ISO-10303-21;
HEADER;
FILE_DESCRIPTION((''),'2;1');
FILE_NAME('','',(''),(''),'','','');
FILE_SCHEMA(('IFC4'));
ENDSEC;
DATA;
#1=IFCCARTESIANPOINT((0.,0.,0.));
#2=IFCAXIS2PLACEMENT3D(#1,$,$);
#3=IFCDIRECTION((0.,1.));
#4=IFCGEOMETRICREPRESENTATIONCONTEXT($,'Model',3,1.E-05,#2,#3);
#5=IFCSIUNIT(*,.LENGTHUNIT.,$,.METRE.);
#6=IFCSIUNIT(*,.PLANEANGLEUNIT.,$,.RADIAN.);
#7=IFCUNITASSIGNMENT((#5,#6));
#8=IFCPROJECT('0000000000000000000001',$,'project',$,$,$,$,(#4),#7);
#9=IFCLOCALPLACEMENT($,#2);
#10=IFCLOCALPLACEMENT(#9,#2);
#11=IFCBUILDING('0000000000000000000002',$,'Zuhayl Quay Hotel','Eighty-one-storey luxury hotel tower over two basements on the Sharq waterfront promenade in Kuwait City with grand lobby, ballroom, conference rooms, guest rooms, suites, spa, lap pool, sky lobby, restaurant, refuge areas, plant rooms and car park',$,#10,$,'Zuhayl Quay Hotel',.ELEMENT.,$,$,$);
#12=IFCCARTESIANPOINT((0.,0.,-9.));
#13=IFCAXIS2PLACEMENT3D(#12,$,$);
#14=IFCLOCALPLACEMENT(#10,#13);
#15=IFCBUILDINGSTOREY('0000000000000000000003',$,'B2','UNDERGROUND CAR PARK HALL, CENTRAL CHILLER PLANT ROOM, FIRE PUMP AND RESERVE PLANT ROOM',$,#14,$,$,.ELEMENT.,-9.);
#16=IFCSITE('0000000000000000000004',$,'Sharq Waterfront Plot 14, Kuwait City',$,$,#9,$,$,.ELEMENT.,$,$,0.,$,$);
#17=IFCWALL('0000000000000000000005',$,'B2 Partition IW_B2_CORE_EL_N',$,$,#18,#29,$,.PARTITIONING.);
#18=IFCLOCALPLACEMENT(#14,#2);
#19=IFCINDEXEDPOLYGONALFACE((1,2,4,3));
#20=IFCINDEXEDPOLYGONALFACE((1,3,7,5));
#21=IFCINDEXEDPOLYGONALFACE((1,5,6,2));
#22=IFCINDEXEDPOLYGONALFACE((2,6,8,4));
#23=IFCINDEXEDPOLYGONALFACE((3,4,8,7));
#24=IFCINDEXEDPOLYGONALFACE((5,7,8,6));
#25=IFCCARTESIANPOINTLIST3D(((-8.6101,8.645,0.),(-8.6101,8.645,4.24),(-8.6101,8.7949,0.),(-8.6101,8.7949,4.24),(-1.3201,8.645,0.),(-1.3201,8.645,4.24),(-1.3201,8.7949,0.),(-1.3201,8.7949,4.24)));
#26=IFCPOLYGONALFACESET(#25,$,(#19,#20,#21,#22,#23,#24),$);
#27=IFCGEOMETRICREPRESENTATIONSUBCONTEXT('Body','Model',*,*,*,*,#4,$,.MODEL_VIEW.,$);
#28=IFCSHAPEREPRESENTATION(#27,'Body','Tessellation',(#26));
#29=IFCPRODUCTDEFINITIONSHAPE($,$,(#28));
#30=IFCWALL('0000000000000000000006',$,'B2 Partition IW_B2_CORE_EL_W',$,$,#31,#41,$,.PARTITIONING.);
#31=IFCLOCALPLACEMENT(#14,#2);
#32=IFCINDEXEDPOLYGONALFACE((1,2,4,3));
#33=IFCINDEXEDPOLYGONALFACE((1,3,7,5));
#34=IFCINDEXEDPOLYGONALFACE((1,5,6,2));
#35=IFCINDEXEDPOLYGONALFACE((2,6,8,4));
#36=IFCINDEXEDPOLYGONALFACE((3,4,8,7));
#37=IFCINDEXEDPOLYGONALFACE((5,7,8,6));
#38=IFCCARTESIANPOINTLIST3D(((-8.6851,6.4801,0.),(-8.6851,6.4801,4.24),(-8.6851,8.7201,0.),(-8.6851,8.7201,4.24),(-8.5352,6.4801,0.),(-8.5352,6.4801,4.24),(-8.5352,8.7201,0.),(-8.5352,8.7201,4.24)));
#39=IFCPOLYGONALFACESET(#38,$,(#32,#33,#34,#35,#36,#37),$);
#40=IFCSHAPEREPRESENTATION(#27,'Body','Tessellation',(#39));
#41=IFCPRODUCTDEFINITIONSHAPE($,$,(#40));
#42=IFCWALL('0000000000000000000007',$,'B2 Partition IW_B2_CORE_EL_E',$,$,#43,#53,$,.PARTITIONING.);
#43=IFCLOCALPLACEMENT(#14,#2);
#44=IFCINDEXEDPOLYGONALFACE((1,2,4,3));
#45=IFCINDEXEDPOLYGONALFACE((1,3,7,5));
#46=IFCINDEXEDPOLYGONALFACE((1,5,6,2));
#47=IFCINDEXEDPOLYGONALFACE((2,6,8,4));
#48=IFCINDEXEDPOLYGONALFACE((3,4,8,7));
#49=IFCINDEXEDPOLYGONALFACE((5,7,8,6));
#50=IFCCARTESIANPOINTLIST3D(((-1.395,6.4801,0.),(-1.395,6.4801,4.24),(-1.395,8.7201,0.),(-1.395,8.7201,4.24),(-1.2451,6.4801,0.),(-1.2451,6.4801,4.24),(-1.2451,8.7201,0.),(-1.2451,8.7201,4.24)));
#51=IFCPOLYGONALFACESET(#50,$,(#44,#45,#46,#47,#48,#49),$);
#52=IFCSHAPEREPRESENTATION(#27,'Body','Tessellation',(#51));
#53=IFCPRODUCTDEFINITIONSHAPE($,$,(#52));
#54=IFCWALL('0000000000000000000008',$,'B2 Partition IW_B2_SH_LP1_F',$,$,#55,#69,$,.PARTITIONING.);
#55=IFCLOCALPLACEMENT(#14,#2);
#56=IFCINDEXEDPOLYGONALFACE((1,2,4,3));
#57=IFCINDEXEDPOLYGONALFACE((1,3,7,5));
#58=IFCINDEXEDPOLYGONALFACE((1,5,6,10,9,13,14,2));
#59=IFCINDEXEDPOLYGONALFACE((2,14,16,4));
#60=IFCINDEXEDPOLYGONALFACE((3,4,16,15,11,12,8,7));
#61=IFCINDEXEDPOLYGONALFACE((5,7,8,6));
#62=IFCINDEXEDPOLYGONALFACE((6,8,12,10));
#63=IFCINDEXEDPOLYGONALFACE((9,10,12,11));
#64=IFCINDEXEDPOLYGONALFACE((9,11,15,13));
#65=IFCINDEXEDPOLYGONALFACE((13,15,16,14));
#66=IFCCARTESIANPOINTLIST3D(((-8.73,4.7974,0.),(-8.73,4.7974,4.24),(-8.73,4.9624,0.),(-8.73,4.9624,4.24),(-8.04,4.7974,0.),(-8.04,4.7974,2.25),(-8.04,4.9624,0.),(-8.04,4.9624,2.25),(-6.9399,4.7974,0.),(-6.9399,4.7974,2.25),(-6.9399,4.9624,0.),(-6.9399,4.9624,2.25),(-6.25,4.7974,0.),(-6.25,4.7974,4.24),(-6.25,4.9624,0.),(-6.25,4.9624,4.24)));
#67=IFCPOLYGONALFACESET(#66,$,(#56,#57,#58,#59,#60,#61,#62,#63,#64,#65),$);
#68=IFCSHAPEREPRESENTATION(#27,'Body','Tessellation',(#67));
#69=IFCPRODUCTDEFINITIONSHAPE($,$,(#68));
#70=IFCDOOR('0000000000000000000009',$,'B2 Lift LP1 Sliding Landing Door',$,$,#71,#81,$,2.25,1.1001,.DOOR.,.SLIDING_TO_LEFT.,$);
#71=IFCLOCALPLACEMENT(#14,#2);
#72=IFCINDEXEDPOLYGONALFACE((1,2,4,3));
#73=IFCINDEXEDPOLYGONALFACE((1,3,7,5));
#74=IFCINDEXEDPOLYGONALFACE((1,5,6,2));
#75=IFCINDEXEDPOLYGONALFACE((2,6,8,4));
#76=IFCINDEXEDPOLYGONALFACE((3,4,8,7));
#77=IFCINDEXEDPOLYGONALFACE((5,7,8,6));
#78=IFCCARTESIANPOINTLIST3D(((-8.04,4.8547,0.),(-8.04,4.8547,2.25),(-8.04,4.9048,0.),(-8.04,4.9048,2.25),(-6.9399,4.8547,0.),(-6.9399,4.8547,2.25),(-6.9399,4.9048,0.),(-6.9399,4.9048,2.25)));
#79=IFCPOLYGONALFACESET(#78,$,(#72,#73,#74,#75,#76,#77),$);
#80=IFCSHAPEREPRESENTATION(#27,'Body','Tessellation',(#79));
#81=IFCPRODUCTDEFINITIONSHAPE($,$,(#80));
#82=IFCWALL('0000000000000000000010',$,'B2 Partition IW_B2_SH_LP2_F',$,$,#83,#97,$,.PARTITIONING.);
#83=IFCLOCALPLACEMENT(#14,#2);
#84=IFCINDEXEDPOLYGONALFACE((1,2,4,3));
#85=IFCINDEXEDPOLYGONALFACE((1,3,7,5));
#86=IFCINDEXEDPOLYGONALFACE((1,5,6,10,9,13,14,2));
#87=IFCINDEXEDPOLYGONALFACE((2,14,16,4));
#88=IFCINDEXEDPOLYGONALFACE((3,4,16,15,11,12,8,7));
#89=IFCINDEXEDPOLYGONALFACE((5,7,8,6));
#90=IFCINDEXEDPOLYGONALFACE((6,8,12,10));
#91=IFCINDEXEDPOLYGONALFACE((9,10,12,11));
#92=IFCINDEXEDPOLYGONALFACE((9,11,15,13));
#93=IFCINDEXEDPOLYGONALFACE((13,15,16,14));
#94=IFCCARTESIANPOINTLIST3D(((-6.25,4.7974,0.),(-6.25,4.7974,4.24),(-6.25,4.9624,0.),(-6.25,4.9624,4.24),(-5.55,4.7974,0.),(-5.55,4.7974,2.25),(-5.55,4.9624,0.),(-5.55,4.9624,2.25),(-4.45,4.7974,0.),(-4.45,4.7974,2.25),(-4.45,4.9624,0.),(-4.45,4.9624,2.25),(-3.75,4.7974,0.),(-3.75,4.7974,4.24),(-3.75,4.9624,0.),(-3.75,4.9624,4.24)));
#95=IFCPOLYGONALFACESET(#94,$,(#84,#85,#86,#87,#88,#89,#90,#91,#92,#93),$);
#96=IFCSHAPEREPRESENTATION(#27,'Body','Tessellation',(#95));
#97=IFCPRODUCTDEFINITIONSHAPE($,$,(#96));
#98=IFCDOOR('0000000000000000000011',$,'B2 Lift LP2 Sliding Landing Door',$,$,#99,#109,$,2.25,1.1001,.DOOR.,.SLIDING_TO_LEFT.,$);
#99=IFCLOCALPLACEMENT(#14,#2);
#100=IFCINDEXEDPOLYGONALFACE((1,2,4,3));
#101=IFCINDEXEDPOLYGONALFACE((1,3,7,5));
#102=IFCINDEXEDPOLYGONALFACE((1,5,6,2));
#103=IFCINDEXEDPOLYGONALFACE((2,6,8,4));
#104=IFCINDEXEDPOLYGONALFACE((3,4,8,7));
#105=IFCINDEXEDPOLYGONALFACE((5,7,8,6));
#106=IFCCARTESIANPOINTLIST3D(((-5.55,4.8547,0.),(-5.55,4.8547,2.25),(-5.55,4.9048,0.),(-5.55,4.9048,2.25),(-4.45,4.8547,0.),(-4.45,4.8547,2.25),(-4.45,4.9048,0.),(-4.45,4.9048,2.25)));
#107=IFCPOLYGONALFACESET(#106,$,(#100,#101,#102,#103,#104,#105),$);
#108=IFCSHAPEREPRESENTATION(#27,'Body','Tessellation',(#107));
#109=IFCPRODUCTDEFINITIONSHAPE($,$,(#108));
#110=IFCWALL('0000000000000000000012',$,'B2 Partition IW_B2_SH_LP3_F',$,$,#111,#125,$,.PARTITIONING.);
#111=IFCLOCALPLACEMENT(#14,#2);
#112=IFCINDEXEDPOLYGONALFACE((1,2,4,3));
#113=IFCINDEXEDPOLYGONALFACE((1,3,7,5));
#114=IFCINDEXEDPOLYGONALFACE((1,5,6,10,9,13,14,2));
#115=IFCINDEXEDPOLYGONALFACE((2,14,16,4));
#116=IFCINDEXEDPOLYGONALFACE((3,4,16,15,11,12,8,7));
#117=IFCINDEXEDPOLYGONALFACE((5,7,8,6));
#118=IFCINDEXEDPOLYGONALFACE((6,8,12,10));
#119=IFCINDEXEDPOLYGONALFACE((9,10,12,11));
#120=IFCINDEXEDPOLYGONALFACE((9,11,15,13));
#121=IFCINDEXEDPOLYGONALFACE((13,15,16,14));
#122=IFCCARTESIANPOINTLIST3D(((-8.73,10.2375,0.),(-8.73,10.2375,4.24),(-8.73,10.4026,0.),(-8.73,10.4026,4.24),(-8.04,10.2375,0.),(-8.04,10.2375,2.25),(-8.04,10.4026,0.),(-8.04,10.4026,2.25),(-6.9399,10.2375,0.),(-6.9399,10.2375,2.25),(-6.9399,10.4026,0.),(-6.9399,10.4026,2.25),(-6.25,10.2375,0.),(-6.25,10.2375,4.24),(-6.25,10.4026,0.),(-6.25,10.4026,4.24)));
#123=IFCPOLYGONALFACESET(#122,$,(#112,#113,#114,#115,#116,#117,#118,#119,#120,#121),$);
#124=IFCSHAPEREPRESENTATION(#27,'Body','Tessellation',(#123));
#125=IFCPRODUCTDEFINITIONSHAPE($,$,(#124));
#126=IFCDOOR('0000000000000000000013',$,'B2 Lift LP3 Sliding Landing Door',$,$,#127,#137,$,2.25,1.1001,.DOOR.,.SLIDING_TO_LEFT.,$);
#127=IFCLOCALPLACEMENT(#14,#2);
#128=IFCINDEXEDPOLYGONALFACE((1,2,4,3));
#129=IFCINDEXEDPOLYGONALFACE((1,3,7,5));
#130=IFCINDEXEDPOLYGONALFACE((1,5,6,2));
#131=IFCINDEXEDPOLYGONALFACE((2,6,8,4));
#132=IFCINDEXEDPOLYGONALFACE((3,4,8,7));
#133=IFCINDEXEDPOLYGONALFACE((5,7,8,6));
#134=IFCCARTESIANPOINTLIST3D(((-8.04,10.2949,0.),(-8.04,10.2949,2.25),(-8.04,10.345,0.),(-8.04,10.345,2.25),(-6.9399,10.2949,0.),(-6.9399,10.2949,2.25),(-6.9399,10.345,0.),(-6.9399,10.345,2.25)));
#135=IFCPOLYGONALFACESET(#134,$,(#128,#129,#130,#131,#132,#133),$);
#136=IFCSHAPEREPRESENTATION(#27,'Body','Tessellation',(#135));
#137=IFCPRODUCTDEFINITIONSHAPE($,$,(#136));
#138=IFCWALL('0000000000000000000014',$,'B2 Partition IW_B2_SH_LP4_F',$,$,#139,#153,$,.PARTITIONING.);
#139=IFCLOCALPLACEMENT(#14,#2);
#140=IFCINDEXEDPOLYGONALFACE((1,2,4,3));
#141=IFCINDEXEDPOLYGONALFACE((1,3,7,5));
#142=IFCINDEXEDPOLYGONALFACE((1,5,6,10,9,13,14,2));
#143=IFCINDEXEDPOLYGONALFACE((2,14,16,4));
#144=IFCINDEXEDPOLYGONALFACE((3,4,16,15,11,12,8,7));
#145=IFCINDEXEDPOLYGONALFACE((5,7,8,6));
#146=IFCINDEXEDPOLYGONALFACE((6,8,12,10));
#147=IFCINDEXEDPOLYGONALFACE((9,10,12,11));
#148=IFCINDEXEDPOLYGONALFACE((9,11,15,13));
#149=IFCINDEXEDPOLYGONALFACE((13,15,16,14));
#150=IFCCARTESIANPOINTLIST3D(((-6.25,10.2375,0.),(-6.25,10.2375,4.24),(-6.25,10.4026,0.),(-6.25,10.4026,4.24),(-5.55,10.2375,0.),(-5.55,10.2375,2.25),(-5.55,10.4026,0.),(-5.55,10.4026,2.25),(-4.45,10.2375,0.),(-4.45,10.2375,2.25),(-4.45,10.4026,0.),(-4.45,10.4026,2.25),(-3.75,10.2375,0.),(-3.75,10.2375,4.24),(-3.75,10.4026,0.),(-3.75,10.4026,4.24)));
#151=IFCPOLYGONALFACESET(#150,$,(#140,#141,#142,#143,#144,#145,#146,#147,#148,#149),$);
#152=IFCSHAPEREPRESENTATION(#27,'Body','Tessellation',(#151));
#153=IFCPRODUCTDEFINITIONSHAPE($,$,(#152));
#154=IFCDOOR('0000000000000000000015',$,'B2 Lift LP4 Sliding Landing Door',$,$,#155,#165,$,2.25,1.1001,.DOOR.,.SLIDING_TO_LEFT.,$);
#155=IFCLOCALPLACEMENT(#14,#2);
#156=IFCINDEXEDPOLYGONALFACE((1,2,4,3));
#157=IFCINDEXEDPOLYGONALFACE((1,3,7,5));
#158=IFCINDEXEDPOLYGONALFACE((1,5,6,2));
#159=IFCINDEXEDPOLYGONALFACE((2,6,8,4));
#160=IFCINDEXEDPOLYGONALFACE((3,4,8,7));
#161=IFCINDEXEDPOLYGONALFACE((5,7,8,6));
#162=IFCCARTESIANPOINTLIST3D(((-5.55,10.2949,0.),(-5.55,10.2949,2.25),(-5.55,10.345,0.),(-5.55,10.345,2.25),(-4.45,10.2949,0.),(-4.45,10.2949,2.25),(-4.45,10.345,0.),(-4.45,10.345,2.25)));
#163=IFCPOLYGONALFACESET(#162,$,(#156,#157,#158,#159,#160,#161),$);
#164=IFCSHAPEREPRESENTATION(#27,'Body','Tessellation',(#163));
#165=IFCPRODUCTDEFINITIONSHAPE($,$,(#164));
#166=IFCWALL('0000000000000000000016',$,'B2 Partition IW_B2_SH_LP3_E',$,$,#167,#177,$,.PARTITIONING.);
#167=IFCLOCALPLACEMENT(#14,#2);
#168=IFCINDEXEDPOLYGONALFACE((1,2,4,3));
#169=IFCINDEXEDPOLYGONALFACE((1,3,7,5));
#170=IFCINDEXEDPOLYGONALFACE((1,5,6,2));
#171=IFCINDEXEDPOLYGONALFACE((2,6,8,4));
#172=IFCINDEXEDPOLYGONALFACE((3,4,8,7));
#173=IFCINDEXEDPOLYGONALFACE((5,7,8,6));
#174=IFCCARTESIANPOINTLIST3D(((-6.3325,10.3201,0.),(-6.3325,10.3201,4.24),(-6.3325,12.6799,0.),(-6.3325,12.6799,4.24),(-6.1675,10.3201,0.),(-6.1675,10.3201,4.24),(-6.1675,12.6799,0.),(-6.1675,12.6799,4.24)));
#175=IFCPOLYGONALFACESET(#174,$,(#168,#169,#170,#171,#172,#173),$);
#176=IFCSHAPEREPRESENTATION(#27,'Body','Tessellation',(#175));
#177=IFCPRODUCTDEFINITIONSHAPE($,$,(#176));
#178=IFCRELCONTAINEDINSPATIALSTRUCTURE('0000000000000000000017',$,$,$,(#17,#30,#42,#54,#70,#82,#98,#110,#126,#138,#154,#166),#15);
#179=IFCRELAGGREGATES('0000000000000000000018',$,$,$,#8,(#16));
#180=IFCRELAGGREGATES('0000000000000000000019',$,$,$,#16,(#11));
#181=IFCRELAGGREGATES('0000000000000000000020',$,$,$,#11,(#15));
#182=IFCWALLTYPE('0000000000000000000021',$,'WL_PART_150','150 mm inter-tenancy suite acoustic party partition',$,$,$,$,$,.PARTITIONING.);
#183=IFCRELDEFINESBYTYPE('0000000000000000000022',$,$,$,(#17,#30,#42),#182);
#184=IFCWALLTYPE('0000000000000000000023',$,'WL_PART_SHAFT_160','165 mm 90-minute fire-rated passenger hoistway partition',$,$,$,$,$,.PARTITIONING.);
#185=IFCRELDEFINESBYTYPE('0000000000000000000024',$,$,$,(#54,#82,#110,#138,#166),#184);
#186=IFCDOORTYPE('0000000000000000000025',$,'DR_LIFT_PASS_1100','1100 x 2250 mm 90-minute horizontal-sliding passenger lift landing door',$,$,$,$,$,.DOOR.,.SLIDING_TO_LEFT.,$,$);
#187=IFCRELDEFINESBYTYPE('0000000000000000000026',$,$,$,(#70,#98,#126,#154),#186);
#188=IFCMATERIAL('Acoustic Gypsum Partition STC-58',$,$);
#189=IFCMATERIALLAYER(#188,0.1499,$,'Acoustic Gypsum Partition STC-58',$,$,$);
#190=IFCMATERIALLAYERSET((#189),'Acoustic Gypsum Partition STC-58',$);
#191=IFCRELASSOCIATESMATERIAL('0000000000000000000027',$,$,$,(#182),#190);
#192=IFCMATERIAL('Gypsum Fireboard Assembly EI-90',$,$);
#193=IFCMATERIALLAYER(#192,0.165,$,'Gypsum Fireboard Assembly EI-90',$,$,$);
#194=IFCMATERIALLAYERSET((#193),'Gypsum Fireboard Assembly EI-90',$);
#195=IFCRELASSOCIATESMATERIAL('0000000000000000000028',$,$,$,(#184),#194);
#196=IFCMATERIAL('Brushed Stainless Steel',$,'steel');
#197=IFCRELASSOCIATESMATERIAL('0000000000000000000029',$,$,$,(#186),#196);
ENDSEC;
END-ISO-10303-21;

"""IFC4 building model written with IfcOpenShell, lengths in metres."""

from ifc_helpers import new_model, si_unit, direction, frame, frame_2d, origin, place, context, subcontext, project, spatial, rectangle, extrude, material, layer, layer_set, type_object, element, fill, save


model = new_model("IFC4")

# Units and contexts
model_context = context("Model", 3, precision=1e-05, world=origin(), true_north=direction((0.0, 1.0)))
body_context = subcontext(model_context, "Body", "Model", "MODEL_VIEW")
ifc_project = project(units=[si_unit("LENGTHUNIT", "METRE"), si_unit("PLANEANGLEUNIT", "RADIAN")], contexts=[model_context])

# Site, building, storey
site_placement = place(None, origin())
site = spatial("IfcSite", under=ifc_project, at=site_placement, Name="Sharq Waterfront Plot 14, Kuwait City", CompositionType="ELEMENT", RefElevation=0.0)
building_placement = place(site_placement, origin())
building = spatial("IfcBuilding", under=site, at=building_placement, Name="Zuhayl Quay Hotel", Description="Eighty-one-storey luxury hotel tower over two basements on the Sharq waterfront promenade in Kuwait City with grand lobby, ballroom, conference rooms, guest rooms, suites, spa, lap pool, sky lobby, restaurant, refuge areas, plant rooms and car park", LongName="Zuhayl Quay Hotel", CompositionType="ELEMENT")
storey_placement = place(building_placement, frame((0.0, 0.0, -9.0)))
storey = spatial("IfcBuildingStorey", under=building, at=storey_placement, Name="B2", Description="UNDERGROUND CAR PARK HALL, CENTRAL CHILLER PLANT ROOM, FIRE PUMP AND RESERVE PLANT ROOM", CompositionType="ELEMENT", Elevation=-9.0)

# Shared definitions
ifc_material_1 = material(Name="Acoustic Gypsum Partition STC-58")
ifc_layer_1 = layer(ifc_material_1, 0.1499, Name="Acoustic Gypsum Partition STC-58")
ifc_layer_set_1 = layer_set([ifc_layer_1], Name="Acoustic Gypsum Partition STC-58")
wall_type_1 = type_object("IfcWallType", Name="WL_PART_150", Description="150 mm inter-tenancy suite acoustic party partition", PredefinedType="PARTITIONING", material=ifc_layer_set_1)

# Walls
wall_1_placement = place(storey_placement, frame((-8.6101, 8.72, 0.0), z_axis=(0.0, 0.0, 1.0), x_axis=(1.0, 0.0, 0.0)))
element("IfcWall", 1, at=wall_1_placement, inside=storey, type_object=wall_type_1, Name="B2 Partition IW_B2_CORE_EL_N", PredefinedType="PARTITIONING", context=body_context, shape_type="SweptSolid", body=[
    extrude(rectangle(XDim=7.29, YDim=0.1499, at=frame_2d((3.645, 0.0))), origin(), (0.0, 0.0, 1.0), 4.24),
])
for number, where, z_axis, x_axis, name in (
    (2, (-8.6101, 6.48, 0.0), (0.0, 0.0, 1.0), (0.0, 1.0, 0.0), "B2 Partition IW_B2_CORE_EL_W"),
    (3, (-1.3201, 6.48, 0.0), (0.0, 0.0, 1.0), (0.0, 1.0, 0.0), "B2 Partition IW_B2_CORE_EL_E"),
):
    element("IfcWall", number, at=place(storey_placement, frame(where, z_axis=z_axis, x_axis=x_axis)), inside=storey, type_object=wall_type_1, Name=name, PredefinedType="PARTITIONING", context=body_context, shape_type="SweptSolid", body=[
        extrude(rectangle(XDim=2.24, YDim=0.1499, at=frame_2d((1.1201, 0.0))), origin(), (0.0, 0.0, 1.0), 4.24),
    ])

# Walls, openings, doors
ifc_material_2 = material(Name="Gypsum Fireboard Assembly EI-90")
ifc_layer_2 = layer(ifc_material_2, 0.165, Name="Gypsum Fireboard Assembly EI-90")
ifc_layer_set_2 = layer_set([ifc_layer_2], Name="Gypsum Fireboard Assembly EI-90")
wall_type_2 = type_object("IfcWallType", Name="WL_PART_SHAFT_160", Description="165 mm 90-minute fire-rated passenger hoistway partition", PredefinedType="PARTITIONING", material=ifc_layer_set_2)
wall_2_placement = place(storey_placement, frame((-8.73, 4.8799, 0.0), z_axis=(0.0, 0.0, 1.0), x_axis=(1.0, 0.0, 0.0)))
wall_2 = element("IfcWall", 4, at=wall_2_placement, inside=storey, type_object=wall_type_2, Name="B2 Partition IW_B2_SH_LP1_F", PredefinedType="PARTITIONING", context=body_context, shape_type="SweptSolid", body=[
    extrude(rectangle(XDim=2.48, YDim=0.165, at=frame_2d((1.24, 0.0))), origin(), (0.0, 0.0, 1.0), 4.24),
])
opening_1_placement = place(wall_2_placement, frame((0.6899, 0.0, 0.0)))
opening_1 = element("IfcOpeningElement", 5, at=opening_1_placement, cuts=wall_2, PredefinedType="OPENING", context=body_context, shape_type="SweptSolid", body=[
    extrude(rectangle(XDim=1.1001, YDim=2.25, at=frame_2d((0.55, 1.125))), frame((0.0, 0.0925, 0.0), z_axis=(0.0, -1.0, 0.0), x_axis=(1.0, 0.0, 0.0)), (0.0, 0.0, 1.0), 0.1851),
])
ifc_material_3 = material(Name="Brushed Stainless Steel", Category="steel")
door_type_1 = type_object("IfcDoorType", Name="DR_LIFT_PASS_1100", Description="1100 x 2250 mm 90-minute horizontal-sliding passenger lift landing door", OperationType="SLIDING_TO_LEFT", PredefinedType="DOOR", material=ifc_material_3)
door_1_placement = place(opening_1_placement, origin())
door_1 = element("IfcDoor", 6, at=door_1_placement, inside=storey, type_object=door_type_1, Name="B2 Lift LP1 Sliding Landing Door", OperationType="SLIDING_TO_LEFT", OverallHeight=2.25, OverallWidth=1.1001, PredefinedType="DOOR", context=body_context, shape_type="SweptSolid", body=[
    extrude(rectangle(XDim=1.1001, YDim=2.25, at=frame_2d((0.55, 1.125))), frame((0.0, 0.0249, 0.0), z_axis=(0.0, -1.0, 0.0), x_axis=(1.0, 0.0, 0.0)), (0.0, 0.0, 1.0), 0.05),
])
fill(opening_1, door_1)
wall_3_placement = place(storey_placement, frame((-6.25, 4.8799, 0.0), z_axis=(0.0, 0.0, 1.0), x_axis=(1.0, 0.0, 0.0)))
wall_3 = element("IfcWall", 7, at=wall_3_placement, inside=storey, type_object=wall_type_2, Name="B2 Partition IW_B2_SH_LP2_F", PredefinedType="PARTITIONING", context=body_context, shape_type="SweptSolid", body=[
    extrude(rectangle(XDim=2.5, YDim=0.165, at=frame_2d((1.25, 0.0))), origin(), (0.0, 0.0, 1.0), 4.24),
])
opening_2_placement = place(wall_3_placement, frame((0.7, 0.0, 0.0)))
opening_2 = element("IfcOpeningElement", 8, at=opening_2_placement, cuts=wall_3, PredefinedType="OPENING", context=body_context, shape_type="SweptSolid", body=[
    extrude(rectangle(XDim=1.1001, YDim=2.25, at=frame_2d((0.55, 1.125))), frame((0.0, 0.0925, 0.0), z_axis=(0.0, -1.0, 0.0), x_axis=(1.0, 0.0, 0.0)), (0.0, 0.0, 1.0), 0.1851),
])
door_2_placement = place(opening_2_placement, origin())
door_2 = element("IfcDoor", 9, at=door_2_placement, inside=storey, type_object=door_type_1, Name="B2 Lift LP2 Sliding Landing Door", OperationType="SLIDING_TO_LEFT", OverallHeight=2.25, OverallWidth=1.1001, PredefinedType="DOOR", context=body_context, shape_type="SweptSolid", body=[
    extrude(rectangle(XDim=1.1001, YDim=2.25, at=frame_2d((0.55, 1.125))), frame((0.0, 0.0249, 0.0), z_axis=(0.0, -1.0, 0.0), x_axis=(1.0, 0.0, 0.0)), (0.0, 0.0, 1.0), 0.05),
])
fill(opening_2, door_2)
wall_4_placement = place(storey_placement, frame((-8.73, 10.3201, 0.0), z_axis=(0.0, 0.0, 1.0), x_axis=(1.0, 0.0, 0.0)))
wall_4 = element("IfcWall", 10, at=wall_4_placement, inside=storey, type_object=wall_type_2, Name="B2 Partition IW_B2_SH_LP3_F", PredefinedType="PARTITIONING", context=body_context, shape_type="SweptSolid", body=[
    extrude(rectangle(XDim=2.48, YDim=0.165, at=frame_2d((1.24, 0.0))), origin(), (0.0, 0.0, 1.0), 4.24),
])
opening_3_placement = place(wall_4_placement, frame((0.6899, 0.0, 0.0)))
opening_3 = element("IfcOpeningElement", 11, at=opening_3_placement, cuts=wall_4, PredefinedType="OPENING", context=body_context, shape_type="SweptSolid", body=[
    extrude(rectangle(XDim=1.1001, YDim=2.25, at=frame_2d((0.55, 1.125))), frame((0.0, 0.0925, 0.0), z_axis=(0.0, -1.0, 0.0), x_axis=(1.0, 0.0, 0.0)), (0.0, 0.0, 1.0), 0.1851),
])
door_3_placement = place(opening_3_placement, origin())
door_3 = element("IfcDoor", 12, at=door_3_placement, inside=storey, type_object=door_type_1, Name="B2 Lift LP3 Sliding Landing Door", OperationType="SLIDING_TO_LEFT", OverallHeight=2.25, OverallWidth=1.1001, PredefinedType="DOOR", context=body_context, shape_type="SweptSolid", body=[
    extrude(rectangle(XDim=1.1001, YDim=2.25, at=frame_2d((0.55, 1.125))), frame((0.0, 0.0249, 0.0), z_axis=(0.0, -1.0, 0.0), x_axis=(1.0, 0.0, 0.0)), (0.0, 0.0, 1.0), 0.05),
])
fill(opening_3, door_3)
wall_5_placement = place(storey_placement, frame((-6.25, 10.3201, 0.0), z_axis=(0.0, 0.0, 1.0), x_axis=(1.0, 0.0, 0.0)))
wall_5 = element("IfcWall", 13, at=wall_5_placement, inside=storey, type_object=wall_type_2, Name="B2 Partition IW_B2_SH_LP4_F", PredefinedType="PARTITIONING", context=body_context, shape_type="SweptSolid", body=[
    extrude(rectangle(XDim=2.5, YDim=0.165, at=frame_2d((1.25, 0.0))), origin(), (0.0, 0.0, 1.0), 4.24),
])
opening_4_placement = place(wall_5_placement, frame((0.7, 0.0, 0.0)))
opening_4 = element("IfcOpeningElement", 14, at=opening_4_placement, cuts=wall_5, PredefinedType="OPENING", context=body_context, shape_type="SweptSolid", body=[
    extrude(rectangle(XDim=1.1001, YDim=2.25, at=frame_2d((0.55, 1.125))), frame((0.0, 0.0925, 0.0), z_axis=(0.0, -1.0, 0.0), x_axis=(1.0, 0.0, 0.0)), (0.0, 0.0, 1.0), 0.1851),
])
door_4_placement = place(opening_4_placement, origin())
door_4 = element("IfcDoor", 15, at=door_4_placement, inside=storey, type_object=door_type_1, Name="B2 Lift LP4 Sliding Landing Door", OperationType="SLIDING_TO_LEFT", OverallHeight=2.25, OverallWidth=1.1001, PredefinedType="DOOR", context=body_context, shape_type="SweptSolid", body=[
    extrude(rectangle(XDim=1.1001, YDim=2.25, at=frame_2d((0.55, 1.125))), frame((0.0, 0.0249, 0.0), z_axis=(0.0, -1.0, 0.0), x_axis=(1.0, 0.0, 0.0)), (0.0, 0.0, 1.0), 0.05),
])
fill(opening_4, door_4)

# Wall
for number, where, z_axis, x_axis, name in (
    (16, (-6.25, 10.3201, 0.0), (0.0, 0.0, 1.0), (0.0, 1.0, 0.0), "B2 Partition IW_B2_SH_LP3_E"),
):
    element("IfcWall", number, at=place(storey_placement, frame(where, z_axis=z_axis, x_axis=x_axis)), inside=storey, type_object=wall_type_2, Name=name, PredefinedType="PARTITIONING", context=body_context, shape_type="SweptSolid", body=[
        extrude(rectangle(XDim=2.3599, YDim=0.165, at=frame_2d((1.1799, 0.0))), origin(), (0.0, 0.0, 1.0), 4.24),
    ])

save(model, "model.ifc")
